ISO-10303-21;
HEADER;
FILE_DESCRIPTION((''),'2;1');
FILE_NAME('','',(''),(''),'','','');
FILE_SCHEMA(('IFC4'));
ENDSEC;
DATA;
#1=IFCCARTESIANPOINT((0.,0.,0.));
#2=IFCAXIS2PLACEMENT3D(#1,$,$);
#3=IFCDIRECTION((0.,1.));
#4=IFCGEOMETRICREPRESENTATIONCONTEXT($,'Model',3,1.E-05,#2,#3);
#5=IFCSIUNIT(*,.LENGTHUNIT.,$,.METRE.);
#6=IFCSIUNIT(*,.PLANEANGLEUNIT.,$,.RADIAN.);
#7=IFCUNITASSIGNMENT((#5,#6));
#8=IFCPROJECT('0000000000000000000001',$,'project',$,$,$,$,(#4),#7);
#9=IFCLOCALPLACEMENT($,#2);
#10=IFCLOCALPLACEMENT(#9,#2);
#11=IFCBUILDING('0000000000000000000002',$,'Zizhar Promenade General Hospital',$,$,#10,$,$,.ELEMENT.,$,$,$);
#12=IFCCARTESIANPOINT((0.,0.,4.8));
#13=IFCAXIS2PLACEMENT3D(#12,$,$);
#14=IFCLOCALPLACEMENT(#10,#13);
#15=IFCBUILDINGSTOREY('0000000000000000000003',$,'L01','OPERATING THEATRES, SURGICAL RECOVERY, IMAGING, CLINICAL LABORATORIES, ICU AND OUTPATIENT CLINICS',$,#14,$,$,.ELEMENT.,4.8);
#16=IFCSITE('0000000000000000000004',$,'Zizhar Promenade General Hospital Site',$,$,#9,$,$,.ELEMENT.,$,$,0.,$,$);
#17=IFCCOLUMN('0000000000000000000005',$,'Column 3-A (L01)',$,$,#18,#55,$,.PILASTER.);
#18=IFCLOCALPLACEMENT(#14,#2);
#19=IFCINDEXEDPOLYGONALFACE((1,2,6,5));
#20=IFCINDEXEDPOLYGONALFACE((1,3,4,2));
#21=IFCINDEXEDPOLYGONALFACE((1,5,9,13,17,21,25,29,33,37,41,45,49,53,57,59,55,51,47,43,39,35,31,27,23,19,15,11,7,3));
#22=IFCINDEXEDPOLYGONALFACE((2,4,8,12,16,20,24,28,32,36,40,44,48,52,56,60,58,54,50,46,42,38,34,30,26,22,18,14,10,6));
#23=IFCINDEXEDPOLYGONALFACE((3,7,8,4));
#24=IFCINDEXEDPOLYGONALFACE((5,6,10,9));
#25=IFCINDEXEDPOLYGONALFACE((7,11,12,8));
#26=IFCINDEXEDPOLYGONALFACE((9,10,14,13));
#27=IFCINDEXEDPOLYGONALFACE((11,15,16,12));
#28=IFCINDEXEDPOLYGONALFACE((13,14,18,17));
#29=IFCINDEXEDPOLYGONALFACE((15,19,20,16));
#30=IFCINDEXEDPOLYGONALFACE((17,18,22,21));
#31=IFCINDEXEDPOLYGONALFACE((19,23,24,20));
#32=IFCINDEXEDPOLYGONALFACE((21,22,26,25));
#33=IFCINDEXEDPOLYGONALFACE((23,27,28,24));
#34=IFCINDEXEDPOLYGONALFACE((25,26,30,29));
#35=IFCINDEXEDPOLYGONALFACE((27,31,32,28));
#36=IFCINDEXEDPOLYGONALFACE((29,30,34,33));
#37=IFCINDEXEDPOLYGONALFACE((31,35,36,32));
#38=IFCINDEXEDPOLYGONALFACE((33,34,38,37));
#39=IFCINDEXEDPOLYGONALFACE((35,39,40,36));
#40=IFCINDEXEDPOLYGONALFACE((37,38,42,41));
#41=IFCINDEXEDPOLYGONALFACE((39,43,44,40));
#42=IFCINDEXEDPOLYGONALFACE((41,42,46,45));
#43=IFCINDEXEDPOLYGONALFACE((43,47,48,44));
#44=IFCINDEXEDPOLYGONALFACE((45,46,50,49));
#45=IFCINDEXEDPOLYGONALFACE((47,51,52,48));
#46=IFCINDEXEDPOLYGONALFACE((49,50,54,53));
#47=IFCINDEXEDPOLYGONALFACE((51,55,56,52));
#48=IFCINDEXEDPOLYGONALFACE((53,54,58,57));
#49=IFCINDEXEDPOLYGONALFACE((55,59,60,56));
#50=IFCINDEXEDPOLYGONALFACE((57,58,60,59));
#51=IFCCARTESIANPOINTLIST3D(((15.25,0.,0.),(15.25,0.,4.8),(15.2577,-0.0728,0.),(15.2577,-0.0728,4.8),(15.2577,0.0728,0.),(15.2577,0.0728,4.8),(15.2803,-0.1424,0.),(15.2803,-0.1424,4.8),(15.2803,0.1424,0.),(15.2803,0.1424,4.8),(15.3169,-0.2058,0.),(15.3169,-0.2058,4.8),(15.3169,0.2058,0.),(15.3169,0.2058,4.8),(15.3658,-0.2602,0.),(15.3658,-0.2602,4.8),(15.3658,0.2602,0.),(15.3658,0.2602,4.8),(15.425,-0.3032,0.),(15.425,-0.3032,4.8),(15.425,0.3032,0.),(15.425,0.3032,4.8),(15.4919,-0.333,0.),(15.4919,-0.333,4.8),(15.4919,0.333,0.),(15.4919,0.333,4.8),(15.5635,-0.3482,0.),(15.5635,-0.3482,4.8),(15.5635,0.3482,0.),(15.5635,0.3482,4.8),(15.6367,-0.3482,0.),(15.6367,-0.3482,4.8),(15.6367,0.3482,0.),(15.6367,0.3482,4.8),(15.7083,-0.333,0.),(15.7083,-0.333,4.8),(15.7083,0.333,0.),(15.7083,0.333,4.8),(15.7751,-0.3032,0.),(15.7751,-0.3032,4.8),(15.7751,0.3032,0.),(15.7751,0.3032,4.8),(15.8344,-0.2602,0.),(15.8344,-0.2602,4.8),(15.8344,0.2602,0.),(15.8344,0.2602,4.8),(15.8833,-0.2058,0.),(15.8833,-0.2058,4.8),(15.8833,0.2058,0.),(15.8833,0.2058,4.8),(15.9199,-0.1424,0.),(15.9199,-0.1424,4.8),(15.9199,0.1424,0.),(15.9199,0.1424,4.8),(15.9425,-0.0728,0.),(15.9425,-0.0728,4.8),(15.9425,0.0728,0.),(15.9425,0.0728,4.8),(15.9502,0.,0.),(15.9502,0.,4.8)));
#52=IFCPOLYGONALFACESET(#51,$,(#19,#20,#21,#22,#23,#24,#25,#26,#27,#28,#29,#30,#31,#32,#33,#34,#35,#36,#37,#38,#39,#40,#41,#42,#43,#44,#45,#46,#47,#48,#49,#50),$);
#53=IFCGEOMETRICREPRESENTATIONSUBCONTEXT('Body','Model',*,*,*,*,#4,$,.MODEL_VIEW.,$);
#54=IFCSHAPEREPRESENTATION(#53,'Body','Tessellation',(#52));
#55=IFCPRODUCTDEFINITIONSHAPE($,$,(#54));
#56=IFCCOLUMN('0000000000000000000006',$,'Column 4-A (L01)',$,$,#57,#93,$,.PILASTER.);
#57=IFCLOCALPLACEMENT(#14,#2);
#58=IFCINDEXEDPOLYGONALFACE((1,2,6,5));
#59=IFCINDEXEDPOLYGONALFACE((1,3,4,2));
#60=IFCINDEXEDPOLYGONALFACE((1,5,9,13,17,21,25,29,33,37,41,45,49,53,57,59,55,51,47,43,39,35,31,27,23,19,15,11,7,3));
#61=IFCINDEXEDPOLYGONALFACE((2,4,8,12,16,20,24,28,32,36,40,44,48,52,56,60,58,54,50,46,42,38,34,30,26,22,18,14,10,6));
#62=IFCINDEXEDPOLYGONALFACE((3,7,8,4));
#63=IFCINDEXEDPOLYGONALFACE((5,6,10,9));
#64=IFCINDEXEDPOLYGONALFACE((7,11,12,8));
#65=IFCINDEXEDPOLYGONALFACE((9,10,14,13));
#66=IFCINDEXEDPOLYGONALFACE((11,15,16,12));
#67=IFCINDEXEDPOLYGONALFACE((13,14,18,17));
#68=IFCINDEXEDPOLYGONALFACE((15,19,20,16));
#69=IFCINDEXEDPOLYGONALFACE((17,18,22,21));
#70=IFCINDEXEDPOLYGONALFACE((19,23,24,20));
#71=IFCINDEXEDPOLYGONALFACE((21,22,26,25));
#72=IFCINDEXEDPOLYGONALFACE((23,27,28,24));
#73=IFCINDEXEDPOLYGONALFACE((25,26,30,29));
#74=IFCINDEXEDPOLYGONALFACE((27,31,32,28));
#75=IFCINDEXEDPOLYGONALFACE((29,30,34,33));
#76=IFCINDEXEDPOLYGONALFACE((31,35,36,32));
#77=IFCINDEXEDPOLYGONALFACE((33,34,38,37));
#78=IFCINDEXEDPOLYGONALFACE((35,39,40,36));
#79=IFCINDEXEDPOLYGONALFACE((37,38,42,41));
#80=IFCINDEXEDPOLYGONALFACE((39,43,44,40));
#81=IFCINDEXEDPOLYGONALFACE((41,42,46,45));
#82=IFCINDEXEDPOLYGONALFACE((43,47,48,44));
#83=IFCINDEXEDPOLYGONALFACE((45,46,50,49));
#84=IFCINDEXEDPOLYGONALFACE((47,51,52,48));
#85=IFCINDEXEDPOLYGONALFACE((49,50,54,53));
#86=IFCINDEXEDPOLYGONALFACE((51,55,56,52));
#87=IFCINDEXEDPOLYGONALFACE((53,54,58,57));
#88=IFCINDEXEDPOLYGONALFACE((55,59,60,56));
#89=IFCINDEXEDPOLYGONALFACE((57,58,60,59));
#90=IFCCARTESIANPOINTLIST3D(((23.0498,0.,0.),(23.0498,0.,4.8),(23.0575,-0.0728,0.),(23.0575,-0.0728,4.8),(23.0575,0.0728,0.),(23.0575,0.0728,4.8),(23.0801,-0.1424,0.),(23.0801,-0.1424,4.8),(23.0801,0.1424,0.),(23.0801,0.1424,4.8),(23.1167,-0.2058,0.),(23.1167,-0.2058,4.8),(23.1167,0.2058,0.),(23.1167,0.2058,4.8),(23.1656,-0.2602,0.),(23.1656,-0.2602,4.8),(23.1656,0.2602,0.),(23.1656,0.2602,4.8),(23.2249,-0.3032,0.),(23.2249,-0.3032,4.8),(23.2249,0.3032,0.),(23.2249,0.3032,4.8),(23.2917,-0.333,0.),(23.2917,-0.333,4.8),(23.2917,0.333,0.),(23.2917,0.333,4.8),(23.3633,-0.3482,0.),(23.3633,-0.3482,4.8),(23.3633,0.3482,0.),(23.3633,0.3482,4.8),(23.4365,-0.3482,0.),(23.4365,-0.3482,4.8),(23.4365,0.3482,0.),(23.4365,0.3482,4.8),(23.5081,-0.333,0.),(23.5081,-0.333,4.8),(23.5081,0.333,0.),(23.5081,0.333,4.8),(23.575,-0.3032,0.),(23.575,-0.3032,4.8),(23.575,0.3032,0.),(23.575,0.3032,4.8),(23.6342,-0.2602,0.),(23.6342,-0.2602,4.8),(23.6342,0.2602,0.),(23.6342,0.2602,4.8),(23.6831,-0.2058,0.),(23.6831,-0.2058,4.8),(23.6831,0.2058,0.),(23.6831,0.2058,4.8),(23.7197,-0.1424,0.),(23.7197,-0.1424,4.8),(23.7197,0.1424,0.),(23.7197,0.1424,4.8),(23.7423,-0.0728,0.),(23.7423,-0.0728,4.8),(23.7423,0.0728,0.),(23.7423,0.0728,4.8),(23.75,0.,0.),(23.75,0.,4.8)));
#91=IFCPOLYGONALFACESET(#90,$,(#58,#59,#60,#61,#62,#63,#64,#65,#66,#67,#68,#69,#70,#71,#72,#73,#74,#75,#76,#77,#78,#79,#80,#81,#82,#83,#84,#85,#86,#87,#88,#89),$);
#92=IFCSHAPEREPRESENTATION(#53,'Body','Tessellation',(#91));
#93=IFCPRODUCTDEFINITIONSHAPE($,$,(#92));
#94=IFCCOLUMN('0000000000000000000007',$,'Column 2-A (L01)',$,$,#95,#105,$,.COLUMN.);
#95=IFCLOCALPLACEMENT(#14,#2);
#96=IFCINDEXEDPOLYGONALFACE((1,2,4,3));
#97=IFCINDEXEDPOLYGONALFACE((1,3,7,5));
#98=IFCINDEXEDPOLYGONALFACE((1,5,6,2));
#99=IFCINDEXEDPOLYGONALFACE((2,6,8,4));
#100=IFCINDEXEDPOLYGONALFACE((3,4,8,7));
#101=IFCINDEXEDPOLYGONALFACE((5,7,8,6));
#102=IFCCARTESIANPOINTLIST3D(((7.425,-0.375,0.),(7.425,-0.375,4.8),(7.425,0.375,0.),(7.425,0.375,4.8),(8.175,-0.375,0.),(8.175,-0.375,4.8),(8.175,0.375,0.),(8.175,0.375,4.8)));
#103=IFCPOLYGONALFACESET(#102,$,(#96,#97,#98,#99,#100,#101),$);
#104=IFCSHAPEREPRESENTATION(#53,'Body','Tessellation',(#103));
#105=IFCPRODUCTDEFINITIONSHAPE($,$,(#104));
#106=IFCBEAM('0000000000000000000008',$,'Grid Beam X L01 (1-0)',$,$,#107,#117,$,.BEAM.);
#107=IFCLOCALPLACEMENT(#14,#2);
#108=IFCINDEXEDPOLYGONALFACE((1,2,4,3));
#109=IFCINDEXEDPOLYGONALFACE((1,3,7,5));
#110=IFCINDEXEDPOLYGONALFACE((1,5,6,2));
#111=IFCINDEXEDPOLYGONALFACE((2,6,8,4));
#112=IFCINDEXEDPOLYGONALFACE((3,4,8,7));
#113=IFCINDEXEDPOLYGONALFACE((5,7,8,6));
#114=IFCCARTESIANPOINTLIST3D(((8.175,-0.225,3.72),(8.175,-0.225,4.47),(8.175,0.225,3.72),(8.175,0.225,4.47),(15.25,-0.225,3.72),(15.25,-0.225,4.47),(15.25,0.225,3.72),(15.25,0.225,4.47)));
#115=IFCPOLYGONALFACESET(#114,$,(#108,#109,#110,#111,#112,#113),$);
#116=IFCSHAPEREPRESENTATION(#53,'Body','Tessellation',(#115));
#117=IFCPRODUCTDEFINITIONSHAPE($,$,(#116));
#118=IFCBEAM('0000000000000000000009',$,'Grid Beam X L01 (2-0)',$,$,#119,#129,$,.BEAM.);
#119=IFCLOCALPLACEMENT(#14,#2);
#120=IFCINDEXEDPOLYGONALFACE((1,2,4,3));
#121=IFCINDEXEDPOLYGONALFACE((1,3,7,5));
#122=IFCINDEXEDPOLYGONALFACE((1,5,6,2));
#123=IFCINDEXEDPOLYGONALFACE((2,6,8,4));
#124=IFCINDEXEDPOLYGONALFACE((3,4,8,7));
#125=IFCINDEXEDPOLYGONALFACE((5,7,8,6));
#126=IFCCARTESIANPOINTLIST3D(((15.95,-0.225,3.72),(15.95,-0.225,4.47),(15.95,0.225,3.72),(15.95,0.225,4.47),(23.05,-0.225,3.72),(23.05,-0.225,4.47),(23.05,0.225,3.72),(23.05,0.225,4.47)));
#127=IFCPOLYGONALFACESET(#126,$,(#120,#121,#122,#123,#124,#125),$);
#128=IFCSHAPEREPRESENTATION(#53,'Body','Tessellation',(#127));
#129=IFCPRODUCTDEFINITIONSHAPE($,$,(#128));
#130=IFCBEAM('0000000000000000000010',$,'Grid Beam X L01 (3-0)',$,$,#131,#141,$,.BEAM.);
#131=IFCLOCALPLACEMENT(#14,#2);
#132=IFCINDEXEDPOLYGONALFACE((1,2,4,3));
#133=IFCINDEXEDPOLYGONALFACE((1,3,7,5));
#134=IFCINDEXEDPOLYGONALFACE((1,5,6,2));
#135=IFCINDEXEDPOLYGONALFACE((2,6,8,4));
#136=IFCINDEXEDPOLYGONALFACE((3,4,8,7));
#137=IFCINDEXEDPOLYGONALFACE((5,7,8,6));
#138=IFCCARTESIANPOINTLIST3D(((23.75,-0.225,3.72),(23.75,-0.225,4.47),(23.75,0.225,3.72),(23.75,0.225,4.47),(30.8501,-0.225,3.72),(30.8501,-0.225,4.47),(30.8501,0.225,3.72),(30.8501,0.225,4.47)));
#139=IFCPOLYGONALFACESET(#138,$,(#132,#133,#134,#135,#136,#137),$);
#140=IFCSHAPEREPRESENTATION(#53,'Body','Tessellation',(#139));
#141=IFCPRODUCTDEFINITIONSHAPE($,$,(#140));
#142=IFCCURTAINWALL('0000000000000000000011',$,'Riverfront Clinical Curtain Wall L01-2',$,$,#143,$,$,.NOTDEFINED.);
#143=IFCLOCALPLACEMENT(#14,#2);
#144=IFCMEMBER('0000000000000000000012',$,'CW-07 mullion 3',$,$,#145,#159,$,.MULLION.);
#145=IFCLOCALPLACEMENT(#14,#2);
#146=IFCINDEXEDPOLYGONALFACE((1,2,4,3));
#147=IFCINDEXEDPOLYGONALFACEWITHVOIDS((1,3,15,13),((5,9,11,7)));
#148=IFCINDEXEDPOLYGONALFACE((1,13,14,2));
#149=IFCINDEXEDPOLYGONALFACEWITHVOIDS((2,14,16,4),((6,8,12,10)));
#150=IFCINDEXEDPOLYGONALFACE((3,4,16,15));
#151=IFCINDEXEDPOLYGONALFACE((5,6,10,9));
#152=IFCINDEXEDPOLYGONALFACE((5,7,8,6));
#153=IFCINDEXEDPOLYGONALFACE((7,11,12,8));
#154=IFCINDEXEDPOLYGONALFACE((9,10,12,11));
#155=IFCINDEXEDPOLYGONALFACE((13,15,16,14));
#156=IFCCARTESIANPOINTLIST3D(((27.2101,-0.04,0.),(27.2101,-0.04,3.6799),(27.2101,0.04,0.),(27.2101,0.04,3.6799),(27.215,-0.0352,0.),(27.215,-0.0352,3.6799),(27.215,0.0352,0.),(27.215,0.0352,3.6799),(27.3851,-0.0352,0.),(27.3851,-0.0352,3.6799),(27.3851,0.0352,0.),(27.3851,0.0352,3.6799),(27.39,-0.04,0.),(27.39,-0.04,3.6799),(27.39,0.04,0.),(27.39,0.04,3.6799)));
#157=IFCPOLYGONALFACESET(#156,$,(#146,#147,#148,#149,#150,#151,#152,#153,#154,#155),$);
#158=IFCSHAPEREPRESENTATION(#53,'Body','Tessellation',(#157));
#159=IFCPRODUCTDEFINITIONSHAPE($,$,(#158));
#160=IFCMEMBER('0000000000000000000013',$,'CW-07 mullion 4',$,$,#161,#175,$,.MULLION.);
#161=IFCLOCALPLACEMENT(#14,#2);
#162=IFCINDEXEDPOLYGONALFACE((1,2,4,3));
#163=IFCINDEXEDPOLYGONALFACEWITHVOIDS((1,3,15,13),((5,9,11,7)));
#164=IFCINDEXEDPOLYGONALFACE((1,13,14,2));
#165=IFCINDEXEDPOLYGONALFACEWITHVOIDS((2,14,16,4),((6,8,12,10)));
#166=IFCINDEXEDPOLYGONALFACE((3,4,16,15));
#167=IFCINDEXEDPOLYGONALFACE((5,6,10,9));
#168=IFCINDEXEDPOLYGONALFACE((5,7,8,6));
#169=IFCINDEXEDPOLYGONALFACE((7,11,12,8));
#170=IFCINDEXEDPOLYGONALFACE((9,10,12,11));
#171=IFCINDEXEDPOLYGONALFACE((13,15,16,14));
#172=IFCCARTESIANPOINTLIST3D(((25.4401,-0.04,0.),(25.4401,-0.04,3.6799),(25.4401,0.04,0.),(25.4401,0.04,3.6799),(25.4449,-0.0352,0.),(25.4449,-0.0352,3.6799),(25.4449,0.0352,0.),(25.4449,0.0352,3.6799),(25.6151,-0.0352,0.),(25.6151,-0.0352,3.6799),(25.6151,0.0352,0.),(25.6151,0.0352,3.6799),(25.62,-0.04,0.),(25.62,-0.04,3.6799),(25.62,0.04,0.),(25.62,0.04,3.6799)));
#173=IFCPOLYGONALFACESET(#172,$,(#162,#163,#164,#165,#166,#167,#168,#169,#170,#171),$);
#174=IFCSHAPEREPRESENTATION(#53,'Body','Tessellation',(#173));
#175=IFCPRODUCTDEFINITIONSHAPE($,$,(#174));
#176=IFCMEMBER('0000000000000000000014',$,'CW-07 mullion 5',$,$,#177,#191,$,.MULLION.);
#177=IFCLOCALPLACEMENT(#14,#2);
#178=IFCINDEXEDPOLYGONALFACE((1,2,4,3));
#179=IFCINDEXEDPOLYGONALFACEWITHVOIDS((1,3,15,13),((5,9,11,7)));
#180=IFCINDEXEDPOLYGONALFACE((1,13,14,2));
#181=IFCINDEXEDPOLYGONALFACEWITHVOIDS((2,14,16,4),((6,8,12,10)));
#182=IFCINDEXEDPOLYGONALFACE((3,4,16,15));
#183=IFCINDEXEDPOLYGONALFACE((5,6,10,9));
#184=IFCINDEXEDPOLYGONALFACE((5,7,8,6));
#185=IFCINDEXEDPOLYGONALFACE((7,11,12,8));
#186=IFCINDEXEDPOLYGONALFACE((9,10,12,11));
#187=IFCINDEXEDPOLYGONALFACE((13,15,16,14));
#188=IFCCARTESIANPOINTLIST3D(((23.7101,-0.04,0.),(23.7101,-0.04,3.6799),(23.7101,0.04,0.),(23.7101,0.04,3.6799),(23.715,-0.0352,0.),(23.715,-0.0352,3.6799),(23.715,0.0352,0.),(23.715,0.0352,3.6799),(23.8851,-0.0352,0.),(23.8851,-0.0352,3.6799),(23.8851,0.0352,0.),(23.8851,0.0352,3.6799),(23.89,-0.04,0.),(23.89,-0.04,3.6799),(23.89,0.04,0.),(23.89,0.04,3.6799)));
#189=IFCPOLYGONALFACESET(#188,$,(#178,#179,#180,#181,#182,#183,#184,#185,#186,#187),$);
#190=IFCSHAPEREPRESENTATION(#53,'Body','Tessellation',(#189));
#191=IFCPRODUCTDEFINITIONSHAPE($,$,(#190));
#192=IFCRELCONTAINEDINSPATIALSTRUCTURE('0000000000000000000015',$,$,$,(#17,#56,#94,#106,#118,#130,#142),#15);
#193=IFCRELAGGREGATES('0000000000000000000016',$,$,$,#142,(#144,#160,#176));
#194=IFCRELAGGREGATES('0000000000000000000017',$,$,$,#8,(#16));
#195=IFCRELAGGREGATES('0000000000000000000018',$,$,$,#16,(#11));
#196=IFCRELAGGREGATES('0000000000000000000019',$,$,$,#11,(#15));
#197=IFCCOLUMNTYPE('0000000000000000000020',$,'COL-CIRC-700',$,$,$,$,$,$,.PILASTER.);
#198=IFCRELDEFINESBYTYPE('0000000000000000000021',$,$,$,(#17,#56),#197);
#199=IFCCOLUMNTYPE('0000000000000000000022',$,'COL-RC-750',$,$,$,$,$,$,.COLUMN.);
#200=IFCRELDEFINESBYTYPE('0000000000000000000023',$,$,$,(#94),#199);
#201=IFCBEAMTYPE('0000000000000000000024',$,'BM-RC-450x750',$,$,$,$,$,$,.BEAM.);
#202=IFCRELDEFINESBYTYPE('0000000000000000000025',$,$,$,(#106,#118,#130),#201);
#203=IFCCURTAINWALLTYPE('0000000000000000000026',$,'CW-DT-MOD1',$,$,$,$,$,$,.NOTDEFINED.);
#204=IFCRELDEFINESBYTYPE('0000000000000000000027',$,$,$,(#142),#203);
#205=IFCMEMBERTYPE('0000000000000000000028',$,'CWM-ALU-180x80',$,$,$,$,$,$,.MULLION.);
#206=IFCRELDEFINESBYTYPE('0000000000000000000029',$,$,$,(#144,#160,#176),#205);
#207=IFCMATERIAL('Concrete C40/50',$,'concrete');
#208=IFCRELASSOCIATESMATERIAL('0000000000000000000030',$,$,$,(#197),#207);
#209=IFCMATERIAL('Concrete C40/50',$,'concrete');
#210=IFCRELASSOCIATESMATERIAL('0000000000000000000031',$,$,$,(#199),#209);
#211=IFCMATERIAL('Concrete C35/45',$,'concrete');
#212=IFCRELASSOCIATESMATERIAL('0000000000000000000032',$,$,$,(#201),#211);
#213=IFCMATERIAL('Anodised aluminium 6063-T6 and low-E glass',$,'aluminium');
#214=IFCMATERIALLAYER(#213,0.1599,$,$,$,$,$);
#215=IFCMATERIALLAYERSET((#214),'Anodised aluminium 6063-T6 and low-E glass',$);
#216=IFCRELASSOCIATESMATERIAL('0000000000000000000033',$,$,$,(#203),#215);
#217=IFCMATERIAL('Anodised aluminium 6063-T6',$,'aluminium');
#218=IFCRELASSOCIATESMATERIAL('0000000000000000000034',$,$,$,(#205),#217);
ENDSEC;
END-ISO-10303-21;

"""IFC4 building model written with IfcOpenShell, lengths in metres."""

from ifc_helpers import new_model, si_unit, direction, frame, origin, origin_2d, place, context, subcontext, project, spatial, rectangle, hollow_rectangle, circle, extrude, material, layer, layer_set, material_profile, profile_set, type_object, element, aggregate, save


model = new_model("IFC4")

# Units and contexts
model_context = context("Model", 3, precision=1e-05, world=origin(), true_north=direction((0.0, 1.0)))
body_context = subcontext(model_context, "Body", "Model", "MODEL_VIEW")
ifc_project = project(units=[si_unit("LENGTHUNIT", "METRE"), si_unit("PLANEANGLEUNIT", "RADIAN")], contexts=[model_context])

# Site, building, storey
site_placement = place(None, origin())
site = spatial("IfcSite", under=ifc_project, at=site_placement, Name="Zizhar Promenade General Hospital Site", CompositionType="ELEMENT", RefElevation=0.0)
building_placement = place(site_placement, origin())
building = spatial("IfcBuilding", under=site, at=building_placement, Name="Zizhar Promenade General Hospital", CompositionType="ELEMENT")
storey_placement = place(building_placement, frame((0.0, 0.0, 4.8)))
storey = spatial("IfcBuildingStorey", under=building, at=storey_placement, Name="L01", Description="OPERATING THEATRES, SURGICAL RECOVERY, IMAGING, CLINICAL LABORATORIES, ICU AND OUTPATIENT CLINICS", CompositionType="ELEMENT", Elevation=4.8)

# Columns
ifc_material_1 = material(Name="Concrete C40/50", Category="concrete")
ifc_material_profile_1 = material_profile(ifc_material_1, circle(Radius=0.3501, at=origin_2d()))
ifc_profile_set_1 = profile_set([ifc_material_profile_1], Name="Concrete C40/50")
column_type_1 = type_object("IfcColumnType", Name="COL-CIRC-700", PredefinedType="PILASTER", material=ifc_profile_set_1)
for number, where, z_axis, x_axis, name in (
    (1, (15.6001, 0.0, 0.0), (0.0, 0.0, 1.0), (1.0, 0.0, 0.0), "Column 3-A (L01)"),
    (2, (23.3999, 0.0, 0.0), (0.0, 0.0, 1.0), (1.0, 0.0, 0.0), "Column 4-A (L01)"),
):
    element("IfcColumn", number, at=place(storey_placement, frame(where, z_axis=z_axis, x_axis=x_axis)), inside=storey, type_object=column_type_1, Name=name, PredefinedType="PILASTER", context=body_context, shape_type="SweptSolid", body=[
        extrude(circle(Radius=0.3501, at=origin_2d()), origin(), (0.0, 0.0, 1.0), 4.8),
    ])
ifc_material_2 = material(Name="Concrete C40/50", Category="concrete")
ifc_material_profile_2 = material_profile(ifc_material_2, rectangle(XDim=0.75, YDim=0.75, at=origin_2d()))
ifc_profile_set_2 = profile_set([ifc_material_profile_2], Name="Concrete C40/50")
column_type_2 = type_object("IfcColumnType", Name="COL-RC-750", PredefinedType="COLUMN", material=ifc_profile_set_2)
column_placement = place(storey_placement, frame((7.8, 0.0, 0.0), z_axis=(0.0, 0.0, 1.0), x_axis=(1.0, 0.0, 0.0)))
element("IfcColumn", 3, at=column_placement, inside=storey, type_object=column_type_2, Name="Column 2-A (L01)", PredefinedType="COLUMN", context=body_context, shape_type="SweptSolid", body=[
    extrude(rectangle(XDim=0.75, YDim=0.75, at=origin_2d()), origin(), (0.0, 0.0, 1.0), 4.8),
])

# Beams
ifc_material_3 = material(Name="Concrete C35/45", Category="concrete")
ifc_material_profile_3 = material_profile(ifc_material_3, rectangle(XDim=0.45, YDim=0.75, at=origin_2d()))
ifc_profile_set_3 = profile_set([ifc_material_profile_3], Name="Concrete C35/45")
beam_type = type_object("IfcBeamType", Name="BM-RC-450x750", PredefinedType="BEAM", material=ifc_profile_set_3)
beam_placement = place(storey_placement, frame((8.175, 0.0, 4.095), z_axis=(1.0, 0.0, 0.0), x_axis=(0.0, 1.0, 0.0)))
element("IfcBeam", 4, at=beam_placement, inside=storey, type_object=beam_type, Name="Grid Beam X L01 (1-0)", PredefinedType="BEAM", context=body_context, shape_type="SweptSolid", body=[
    extrude(rectangle(XDim=0.45, YDim=0.75, at=origin_2d()), origin(), (0.0, 0.0, 1.0), 7.075),
])
for number, where, z_axis, x_axis, name in (
    (5, (15.95, 0.0, 4.095), (1.0, 0.0, 0.0), (0.0, 1.0, 0.0), "Grid Beam X L01 (2-0)"),
    (6, (23.75, 0.0, 4.095), (1.0, 0.0, 0.0), (0.0, 1.0, 0.0), "Grid Beam X L01 (3-0)"),
):
    element("IfcBeam", number, at=place(storey_placement, frame(where, z_axis=z_axis, x_axis=x_axis)), inside=storey, type_object=beam_type, Name=name, PredefinedType="BEAM", context=body_context, shape_type="SweptSolid", body=[
        extrude(rectangle(XDim=0.45, YDim=0.75, at=origin_2d()), origin(), (0.0, 0.0, 1.0), 7.1001),
    ])

# Curtain wall, members
ifc_material_4 = material(Name="Anodised aluminium 6063-T6 and low-E glass", Category="aluminium")
ifc_layer_1 = layer(ifc_material_4, 0.1599)
ifc_layer_set_1 = layer_set([ifc_layer_1], Name="Anodised aluminium 6063-T6 and low-E glass")
curtain_wall_type = type_object("IfcCurtainWallType", Name="CW-DT-MOD1", PredefinedType="NOTDEFINED", material=ifc_layer_set_1)
curtain_wall_placement = place(storey_placement, origin())
curtain_wall = element("IfcCurtainWall", 7, at=curtain_wall_placement, inside=storey, type_object=curtain_wall_type, Name="Riverfront Clinical Curtain Wall L01-2", PredefinedType="NOTDEFINED")
ifc_material_5 = material(Name="Anodised aluminium 6063-T6", Category="aluminium")
ifc_material_profile_4 = material_profile(ifc_material_5, hollow_rectangle(XDim=0.0801, YDim=0.1799, WallThickness=0.0049, at=origin_2d()))
ifc_profile_set_4 = profile_set([ifc_material_profile_4], Name="Anodised aluminium 6063-T6")
member_type_1 = type_object("IfcMemberType", Name="CWM-ALU-180x80", PredefinedType="MULLION", material=ifc_profile_set_4)
member_1_placement = place(storey_placement, frame((27.3, 0.0, 0.0), z_axis=(0.0, 0.0, 1.0), x_axis=(0.0, -1.0, 0.0)))
member_1 = element("IfcMember", 8, at=member_1_placement, type_object=member_type_1, Name="CW-07 mullion 3", PredefinedType="MULLION", context=body_context, shape_type="SweptSolid", body=[
    extrude(hollow_rectangle(XDim=0.0801, YDim=0.1799, WallThickness=0.0049, at=origin_2d()), origin(), (0.0, 0.0, 1.0), 3.6799),
])
member_2_placement = place(storey_placement, frame((25.53, 0.0, 0.0), z_axis=(0.0, 0.0, 1.0), x_axis=(0.0, -1.0, 0.0)))
member_2 = element("IfcMember", 9, at=member_2_placement, type_object=member_type_1, Name="CW-07 mullion 4", PredefinedType="MULLION", context=body_context, shape_type="SweptSolid", body=[
    extrude(hollow_rectangle(XDim=0.0801, YDim=0.1799, WallThickness=0.0049, at=origin_2d()), origin(), (0.0, 0.0, 1.0), 3.6799),
])
member_3_placement = place(storey_placement, frame((23.8, 0.0, 0.0), z_axis=(0.0, 0.0, 1.0), x_axis=(0.0, -1.0, 0.0)))
member_3 = element("IfcMember", 10, at=member_3_placement, type_object=member_type_1, Name="CW-07 mullion 5", PredefinedType="MULLION", context=body_context, shape_type="SweptSolid", body=[
    extrude(hollow_rectangle(XDim=0.0801, YDim=0.1799, WallThickness=0.0049, at=origin_2d()), origin(), (0.0, 0.0, 1.0), 3.6799),
])
aggregate(curtain_wall, [member_1, member_2, member_3])

save(model, "model.ifc")
